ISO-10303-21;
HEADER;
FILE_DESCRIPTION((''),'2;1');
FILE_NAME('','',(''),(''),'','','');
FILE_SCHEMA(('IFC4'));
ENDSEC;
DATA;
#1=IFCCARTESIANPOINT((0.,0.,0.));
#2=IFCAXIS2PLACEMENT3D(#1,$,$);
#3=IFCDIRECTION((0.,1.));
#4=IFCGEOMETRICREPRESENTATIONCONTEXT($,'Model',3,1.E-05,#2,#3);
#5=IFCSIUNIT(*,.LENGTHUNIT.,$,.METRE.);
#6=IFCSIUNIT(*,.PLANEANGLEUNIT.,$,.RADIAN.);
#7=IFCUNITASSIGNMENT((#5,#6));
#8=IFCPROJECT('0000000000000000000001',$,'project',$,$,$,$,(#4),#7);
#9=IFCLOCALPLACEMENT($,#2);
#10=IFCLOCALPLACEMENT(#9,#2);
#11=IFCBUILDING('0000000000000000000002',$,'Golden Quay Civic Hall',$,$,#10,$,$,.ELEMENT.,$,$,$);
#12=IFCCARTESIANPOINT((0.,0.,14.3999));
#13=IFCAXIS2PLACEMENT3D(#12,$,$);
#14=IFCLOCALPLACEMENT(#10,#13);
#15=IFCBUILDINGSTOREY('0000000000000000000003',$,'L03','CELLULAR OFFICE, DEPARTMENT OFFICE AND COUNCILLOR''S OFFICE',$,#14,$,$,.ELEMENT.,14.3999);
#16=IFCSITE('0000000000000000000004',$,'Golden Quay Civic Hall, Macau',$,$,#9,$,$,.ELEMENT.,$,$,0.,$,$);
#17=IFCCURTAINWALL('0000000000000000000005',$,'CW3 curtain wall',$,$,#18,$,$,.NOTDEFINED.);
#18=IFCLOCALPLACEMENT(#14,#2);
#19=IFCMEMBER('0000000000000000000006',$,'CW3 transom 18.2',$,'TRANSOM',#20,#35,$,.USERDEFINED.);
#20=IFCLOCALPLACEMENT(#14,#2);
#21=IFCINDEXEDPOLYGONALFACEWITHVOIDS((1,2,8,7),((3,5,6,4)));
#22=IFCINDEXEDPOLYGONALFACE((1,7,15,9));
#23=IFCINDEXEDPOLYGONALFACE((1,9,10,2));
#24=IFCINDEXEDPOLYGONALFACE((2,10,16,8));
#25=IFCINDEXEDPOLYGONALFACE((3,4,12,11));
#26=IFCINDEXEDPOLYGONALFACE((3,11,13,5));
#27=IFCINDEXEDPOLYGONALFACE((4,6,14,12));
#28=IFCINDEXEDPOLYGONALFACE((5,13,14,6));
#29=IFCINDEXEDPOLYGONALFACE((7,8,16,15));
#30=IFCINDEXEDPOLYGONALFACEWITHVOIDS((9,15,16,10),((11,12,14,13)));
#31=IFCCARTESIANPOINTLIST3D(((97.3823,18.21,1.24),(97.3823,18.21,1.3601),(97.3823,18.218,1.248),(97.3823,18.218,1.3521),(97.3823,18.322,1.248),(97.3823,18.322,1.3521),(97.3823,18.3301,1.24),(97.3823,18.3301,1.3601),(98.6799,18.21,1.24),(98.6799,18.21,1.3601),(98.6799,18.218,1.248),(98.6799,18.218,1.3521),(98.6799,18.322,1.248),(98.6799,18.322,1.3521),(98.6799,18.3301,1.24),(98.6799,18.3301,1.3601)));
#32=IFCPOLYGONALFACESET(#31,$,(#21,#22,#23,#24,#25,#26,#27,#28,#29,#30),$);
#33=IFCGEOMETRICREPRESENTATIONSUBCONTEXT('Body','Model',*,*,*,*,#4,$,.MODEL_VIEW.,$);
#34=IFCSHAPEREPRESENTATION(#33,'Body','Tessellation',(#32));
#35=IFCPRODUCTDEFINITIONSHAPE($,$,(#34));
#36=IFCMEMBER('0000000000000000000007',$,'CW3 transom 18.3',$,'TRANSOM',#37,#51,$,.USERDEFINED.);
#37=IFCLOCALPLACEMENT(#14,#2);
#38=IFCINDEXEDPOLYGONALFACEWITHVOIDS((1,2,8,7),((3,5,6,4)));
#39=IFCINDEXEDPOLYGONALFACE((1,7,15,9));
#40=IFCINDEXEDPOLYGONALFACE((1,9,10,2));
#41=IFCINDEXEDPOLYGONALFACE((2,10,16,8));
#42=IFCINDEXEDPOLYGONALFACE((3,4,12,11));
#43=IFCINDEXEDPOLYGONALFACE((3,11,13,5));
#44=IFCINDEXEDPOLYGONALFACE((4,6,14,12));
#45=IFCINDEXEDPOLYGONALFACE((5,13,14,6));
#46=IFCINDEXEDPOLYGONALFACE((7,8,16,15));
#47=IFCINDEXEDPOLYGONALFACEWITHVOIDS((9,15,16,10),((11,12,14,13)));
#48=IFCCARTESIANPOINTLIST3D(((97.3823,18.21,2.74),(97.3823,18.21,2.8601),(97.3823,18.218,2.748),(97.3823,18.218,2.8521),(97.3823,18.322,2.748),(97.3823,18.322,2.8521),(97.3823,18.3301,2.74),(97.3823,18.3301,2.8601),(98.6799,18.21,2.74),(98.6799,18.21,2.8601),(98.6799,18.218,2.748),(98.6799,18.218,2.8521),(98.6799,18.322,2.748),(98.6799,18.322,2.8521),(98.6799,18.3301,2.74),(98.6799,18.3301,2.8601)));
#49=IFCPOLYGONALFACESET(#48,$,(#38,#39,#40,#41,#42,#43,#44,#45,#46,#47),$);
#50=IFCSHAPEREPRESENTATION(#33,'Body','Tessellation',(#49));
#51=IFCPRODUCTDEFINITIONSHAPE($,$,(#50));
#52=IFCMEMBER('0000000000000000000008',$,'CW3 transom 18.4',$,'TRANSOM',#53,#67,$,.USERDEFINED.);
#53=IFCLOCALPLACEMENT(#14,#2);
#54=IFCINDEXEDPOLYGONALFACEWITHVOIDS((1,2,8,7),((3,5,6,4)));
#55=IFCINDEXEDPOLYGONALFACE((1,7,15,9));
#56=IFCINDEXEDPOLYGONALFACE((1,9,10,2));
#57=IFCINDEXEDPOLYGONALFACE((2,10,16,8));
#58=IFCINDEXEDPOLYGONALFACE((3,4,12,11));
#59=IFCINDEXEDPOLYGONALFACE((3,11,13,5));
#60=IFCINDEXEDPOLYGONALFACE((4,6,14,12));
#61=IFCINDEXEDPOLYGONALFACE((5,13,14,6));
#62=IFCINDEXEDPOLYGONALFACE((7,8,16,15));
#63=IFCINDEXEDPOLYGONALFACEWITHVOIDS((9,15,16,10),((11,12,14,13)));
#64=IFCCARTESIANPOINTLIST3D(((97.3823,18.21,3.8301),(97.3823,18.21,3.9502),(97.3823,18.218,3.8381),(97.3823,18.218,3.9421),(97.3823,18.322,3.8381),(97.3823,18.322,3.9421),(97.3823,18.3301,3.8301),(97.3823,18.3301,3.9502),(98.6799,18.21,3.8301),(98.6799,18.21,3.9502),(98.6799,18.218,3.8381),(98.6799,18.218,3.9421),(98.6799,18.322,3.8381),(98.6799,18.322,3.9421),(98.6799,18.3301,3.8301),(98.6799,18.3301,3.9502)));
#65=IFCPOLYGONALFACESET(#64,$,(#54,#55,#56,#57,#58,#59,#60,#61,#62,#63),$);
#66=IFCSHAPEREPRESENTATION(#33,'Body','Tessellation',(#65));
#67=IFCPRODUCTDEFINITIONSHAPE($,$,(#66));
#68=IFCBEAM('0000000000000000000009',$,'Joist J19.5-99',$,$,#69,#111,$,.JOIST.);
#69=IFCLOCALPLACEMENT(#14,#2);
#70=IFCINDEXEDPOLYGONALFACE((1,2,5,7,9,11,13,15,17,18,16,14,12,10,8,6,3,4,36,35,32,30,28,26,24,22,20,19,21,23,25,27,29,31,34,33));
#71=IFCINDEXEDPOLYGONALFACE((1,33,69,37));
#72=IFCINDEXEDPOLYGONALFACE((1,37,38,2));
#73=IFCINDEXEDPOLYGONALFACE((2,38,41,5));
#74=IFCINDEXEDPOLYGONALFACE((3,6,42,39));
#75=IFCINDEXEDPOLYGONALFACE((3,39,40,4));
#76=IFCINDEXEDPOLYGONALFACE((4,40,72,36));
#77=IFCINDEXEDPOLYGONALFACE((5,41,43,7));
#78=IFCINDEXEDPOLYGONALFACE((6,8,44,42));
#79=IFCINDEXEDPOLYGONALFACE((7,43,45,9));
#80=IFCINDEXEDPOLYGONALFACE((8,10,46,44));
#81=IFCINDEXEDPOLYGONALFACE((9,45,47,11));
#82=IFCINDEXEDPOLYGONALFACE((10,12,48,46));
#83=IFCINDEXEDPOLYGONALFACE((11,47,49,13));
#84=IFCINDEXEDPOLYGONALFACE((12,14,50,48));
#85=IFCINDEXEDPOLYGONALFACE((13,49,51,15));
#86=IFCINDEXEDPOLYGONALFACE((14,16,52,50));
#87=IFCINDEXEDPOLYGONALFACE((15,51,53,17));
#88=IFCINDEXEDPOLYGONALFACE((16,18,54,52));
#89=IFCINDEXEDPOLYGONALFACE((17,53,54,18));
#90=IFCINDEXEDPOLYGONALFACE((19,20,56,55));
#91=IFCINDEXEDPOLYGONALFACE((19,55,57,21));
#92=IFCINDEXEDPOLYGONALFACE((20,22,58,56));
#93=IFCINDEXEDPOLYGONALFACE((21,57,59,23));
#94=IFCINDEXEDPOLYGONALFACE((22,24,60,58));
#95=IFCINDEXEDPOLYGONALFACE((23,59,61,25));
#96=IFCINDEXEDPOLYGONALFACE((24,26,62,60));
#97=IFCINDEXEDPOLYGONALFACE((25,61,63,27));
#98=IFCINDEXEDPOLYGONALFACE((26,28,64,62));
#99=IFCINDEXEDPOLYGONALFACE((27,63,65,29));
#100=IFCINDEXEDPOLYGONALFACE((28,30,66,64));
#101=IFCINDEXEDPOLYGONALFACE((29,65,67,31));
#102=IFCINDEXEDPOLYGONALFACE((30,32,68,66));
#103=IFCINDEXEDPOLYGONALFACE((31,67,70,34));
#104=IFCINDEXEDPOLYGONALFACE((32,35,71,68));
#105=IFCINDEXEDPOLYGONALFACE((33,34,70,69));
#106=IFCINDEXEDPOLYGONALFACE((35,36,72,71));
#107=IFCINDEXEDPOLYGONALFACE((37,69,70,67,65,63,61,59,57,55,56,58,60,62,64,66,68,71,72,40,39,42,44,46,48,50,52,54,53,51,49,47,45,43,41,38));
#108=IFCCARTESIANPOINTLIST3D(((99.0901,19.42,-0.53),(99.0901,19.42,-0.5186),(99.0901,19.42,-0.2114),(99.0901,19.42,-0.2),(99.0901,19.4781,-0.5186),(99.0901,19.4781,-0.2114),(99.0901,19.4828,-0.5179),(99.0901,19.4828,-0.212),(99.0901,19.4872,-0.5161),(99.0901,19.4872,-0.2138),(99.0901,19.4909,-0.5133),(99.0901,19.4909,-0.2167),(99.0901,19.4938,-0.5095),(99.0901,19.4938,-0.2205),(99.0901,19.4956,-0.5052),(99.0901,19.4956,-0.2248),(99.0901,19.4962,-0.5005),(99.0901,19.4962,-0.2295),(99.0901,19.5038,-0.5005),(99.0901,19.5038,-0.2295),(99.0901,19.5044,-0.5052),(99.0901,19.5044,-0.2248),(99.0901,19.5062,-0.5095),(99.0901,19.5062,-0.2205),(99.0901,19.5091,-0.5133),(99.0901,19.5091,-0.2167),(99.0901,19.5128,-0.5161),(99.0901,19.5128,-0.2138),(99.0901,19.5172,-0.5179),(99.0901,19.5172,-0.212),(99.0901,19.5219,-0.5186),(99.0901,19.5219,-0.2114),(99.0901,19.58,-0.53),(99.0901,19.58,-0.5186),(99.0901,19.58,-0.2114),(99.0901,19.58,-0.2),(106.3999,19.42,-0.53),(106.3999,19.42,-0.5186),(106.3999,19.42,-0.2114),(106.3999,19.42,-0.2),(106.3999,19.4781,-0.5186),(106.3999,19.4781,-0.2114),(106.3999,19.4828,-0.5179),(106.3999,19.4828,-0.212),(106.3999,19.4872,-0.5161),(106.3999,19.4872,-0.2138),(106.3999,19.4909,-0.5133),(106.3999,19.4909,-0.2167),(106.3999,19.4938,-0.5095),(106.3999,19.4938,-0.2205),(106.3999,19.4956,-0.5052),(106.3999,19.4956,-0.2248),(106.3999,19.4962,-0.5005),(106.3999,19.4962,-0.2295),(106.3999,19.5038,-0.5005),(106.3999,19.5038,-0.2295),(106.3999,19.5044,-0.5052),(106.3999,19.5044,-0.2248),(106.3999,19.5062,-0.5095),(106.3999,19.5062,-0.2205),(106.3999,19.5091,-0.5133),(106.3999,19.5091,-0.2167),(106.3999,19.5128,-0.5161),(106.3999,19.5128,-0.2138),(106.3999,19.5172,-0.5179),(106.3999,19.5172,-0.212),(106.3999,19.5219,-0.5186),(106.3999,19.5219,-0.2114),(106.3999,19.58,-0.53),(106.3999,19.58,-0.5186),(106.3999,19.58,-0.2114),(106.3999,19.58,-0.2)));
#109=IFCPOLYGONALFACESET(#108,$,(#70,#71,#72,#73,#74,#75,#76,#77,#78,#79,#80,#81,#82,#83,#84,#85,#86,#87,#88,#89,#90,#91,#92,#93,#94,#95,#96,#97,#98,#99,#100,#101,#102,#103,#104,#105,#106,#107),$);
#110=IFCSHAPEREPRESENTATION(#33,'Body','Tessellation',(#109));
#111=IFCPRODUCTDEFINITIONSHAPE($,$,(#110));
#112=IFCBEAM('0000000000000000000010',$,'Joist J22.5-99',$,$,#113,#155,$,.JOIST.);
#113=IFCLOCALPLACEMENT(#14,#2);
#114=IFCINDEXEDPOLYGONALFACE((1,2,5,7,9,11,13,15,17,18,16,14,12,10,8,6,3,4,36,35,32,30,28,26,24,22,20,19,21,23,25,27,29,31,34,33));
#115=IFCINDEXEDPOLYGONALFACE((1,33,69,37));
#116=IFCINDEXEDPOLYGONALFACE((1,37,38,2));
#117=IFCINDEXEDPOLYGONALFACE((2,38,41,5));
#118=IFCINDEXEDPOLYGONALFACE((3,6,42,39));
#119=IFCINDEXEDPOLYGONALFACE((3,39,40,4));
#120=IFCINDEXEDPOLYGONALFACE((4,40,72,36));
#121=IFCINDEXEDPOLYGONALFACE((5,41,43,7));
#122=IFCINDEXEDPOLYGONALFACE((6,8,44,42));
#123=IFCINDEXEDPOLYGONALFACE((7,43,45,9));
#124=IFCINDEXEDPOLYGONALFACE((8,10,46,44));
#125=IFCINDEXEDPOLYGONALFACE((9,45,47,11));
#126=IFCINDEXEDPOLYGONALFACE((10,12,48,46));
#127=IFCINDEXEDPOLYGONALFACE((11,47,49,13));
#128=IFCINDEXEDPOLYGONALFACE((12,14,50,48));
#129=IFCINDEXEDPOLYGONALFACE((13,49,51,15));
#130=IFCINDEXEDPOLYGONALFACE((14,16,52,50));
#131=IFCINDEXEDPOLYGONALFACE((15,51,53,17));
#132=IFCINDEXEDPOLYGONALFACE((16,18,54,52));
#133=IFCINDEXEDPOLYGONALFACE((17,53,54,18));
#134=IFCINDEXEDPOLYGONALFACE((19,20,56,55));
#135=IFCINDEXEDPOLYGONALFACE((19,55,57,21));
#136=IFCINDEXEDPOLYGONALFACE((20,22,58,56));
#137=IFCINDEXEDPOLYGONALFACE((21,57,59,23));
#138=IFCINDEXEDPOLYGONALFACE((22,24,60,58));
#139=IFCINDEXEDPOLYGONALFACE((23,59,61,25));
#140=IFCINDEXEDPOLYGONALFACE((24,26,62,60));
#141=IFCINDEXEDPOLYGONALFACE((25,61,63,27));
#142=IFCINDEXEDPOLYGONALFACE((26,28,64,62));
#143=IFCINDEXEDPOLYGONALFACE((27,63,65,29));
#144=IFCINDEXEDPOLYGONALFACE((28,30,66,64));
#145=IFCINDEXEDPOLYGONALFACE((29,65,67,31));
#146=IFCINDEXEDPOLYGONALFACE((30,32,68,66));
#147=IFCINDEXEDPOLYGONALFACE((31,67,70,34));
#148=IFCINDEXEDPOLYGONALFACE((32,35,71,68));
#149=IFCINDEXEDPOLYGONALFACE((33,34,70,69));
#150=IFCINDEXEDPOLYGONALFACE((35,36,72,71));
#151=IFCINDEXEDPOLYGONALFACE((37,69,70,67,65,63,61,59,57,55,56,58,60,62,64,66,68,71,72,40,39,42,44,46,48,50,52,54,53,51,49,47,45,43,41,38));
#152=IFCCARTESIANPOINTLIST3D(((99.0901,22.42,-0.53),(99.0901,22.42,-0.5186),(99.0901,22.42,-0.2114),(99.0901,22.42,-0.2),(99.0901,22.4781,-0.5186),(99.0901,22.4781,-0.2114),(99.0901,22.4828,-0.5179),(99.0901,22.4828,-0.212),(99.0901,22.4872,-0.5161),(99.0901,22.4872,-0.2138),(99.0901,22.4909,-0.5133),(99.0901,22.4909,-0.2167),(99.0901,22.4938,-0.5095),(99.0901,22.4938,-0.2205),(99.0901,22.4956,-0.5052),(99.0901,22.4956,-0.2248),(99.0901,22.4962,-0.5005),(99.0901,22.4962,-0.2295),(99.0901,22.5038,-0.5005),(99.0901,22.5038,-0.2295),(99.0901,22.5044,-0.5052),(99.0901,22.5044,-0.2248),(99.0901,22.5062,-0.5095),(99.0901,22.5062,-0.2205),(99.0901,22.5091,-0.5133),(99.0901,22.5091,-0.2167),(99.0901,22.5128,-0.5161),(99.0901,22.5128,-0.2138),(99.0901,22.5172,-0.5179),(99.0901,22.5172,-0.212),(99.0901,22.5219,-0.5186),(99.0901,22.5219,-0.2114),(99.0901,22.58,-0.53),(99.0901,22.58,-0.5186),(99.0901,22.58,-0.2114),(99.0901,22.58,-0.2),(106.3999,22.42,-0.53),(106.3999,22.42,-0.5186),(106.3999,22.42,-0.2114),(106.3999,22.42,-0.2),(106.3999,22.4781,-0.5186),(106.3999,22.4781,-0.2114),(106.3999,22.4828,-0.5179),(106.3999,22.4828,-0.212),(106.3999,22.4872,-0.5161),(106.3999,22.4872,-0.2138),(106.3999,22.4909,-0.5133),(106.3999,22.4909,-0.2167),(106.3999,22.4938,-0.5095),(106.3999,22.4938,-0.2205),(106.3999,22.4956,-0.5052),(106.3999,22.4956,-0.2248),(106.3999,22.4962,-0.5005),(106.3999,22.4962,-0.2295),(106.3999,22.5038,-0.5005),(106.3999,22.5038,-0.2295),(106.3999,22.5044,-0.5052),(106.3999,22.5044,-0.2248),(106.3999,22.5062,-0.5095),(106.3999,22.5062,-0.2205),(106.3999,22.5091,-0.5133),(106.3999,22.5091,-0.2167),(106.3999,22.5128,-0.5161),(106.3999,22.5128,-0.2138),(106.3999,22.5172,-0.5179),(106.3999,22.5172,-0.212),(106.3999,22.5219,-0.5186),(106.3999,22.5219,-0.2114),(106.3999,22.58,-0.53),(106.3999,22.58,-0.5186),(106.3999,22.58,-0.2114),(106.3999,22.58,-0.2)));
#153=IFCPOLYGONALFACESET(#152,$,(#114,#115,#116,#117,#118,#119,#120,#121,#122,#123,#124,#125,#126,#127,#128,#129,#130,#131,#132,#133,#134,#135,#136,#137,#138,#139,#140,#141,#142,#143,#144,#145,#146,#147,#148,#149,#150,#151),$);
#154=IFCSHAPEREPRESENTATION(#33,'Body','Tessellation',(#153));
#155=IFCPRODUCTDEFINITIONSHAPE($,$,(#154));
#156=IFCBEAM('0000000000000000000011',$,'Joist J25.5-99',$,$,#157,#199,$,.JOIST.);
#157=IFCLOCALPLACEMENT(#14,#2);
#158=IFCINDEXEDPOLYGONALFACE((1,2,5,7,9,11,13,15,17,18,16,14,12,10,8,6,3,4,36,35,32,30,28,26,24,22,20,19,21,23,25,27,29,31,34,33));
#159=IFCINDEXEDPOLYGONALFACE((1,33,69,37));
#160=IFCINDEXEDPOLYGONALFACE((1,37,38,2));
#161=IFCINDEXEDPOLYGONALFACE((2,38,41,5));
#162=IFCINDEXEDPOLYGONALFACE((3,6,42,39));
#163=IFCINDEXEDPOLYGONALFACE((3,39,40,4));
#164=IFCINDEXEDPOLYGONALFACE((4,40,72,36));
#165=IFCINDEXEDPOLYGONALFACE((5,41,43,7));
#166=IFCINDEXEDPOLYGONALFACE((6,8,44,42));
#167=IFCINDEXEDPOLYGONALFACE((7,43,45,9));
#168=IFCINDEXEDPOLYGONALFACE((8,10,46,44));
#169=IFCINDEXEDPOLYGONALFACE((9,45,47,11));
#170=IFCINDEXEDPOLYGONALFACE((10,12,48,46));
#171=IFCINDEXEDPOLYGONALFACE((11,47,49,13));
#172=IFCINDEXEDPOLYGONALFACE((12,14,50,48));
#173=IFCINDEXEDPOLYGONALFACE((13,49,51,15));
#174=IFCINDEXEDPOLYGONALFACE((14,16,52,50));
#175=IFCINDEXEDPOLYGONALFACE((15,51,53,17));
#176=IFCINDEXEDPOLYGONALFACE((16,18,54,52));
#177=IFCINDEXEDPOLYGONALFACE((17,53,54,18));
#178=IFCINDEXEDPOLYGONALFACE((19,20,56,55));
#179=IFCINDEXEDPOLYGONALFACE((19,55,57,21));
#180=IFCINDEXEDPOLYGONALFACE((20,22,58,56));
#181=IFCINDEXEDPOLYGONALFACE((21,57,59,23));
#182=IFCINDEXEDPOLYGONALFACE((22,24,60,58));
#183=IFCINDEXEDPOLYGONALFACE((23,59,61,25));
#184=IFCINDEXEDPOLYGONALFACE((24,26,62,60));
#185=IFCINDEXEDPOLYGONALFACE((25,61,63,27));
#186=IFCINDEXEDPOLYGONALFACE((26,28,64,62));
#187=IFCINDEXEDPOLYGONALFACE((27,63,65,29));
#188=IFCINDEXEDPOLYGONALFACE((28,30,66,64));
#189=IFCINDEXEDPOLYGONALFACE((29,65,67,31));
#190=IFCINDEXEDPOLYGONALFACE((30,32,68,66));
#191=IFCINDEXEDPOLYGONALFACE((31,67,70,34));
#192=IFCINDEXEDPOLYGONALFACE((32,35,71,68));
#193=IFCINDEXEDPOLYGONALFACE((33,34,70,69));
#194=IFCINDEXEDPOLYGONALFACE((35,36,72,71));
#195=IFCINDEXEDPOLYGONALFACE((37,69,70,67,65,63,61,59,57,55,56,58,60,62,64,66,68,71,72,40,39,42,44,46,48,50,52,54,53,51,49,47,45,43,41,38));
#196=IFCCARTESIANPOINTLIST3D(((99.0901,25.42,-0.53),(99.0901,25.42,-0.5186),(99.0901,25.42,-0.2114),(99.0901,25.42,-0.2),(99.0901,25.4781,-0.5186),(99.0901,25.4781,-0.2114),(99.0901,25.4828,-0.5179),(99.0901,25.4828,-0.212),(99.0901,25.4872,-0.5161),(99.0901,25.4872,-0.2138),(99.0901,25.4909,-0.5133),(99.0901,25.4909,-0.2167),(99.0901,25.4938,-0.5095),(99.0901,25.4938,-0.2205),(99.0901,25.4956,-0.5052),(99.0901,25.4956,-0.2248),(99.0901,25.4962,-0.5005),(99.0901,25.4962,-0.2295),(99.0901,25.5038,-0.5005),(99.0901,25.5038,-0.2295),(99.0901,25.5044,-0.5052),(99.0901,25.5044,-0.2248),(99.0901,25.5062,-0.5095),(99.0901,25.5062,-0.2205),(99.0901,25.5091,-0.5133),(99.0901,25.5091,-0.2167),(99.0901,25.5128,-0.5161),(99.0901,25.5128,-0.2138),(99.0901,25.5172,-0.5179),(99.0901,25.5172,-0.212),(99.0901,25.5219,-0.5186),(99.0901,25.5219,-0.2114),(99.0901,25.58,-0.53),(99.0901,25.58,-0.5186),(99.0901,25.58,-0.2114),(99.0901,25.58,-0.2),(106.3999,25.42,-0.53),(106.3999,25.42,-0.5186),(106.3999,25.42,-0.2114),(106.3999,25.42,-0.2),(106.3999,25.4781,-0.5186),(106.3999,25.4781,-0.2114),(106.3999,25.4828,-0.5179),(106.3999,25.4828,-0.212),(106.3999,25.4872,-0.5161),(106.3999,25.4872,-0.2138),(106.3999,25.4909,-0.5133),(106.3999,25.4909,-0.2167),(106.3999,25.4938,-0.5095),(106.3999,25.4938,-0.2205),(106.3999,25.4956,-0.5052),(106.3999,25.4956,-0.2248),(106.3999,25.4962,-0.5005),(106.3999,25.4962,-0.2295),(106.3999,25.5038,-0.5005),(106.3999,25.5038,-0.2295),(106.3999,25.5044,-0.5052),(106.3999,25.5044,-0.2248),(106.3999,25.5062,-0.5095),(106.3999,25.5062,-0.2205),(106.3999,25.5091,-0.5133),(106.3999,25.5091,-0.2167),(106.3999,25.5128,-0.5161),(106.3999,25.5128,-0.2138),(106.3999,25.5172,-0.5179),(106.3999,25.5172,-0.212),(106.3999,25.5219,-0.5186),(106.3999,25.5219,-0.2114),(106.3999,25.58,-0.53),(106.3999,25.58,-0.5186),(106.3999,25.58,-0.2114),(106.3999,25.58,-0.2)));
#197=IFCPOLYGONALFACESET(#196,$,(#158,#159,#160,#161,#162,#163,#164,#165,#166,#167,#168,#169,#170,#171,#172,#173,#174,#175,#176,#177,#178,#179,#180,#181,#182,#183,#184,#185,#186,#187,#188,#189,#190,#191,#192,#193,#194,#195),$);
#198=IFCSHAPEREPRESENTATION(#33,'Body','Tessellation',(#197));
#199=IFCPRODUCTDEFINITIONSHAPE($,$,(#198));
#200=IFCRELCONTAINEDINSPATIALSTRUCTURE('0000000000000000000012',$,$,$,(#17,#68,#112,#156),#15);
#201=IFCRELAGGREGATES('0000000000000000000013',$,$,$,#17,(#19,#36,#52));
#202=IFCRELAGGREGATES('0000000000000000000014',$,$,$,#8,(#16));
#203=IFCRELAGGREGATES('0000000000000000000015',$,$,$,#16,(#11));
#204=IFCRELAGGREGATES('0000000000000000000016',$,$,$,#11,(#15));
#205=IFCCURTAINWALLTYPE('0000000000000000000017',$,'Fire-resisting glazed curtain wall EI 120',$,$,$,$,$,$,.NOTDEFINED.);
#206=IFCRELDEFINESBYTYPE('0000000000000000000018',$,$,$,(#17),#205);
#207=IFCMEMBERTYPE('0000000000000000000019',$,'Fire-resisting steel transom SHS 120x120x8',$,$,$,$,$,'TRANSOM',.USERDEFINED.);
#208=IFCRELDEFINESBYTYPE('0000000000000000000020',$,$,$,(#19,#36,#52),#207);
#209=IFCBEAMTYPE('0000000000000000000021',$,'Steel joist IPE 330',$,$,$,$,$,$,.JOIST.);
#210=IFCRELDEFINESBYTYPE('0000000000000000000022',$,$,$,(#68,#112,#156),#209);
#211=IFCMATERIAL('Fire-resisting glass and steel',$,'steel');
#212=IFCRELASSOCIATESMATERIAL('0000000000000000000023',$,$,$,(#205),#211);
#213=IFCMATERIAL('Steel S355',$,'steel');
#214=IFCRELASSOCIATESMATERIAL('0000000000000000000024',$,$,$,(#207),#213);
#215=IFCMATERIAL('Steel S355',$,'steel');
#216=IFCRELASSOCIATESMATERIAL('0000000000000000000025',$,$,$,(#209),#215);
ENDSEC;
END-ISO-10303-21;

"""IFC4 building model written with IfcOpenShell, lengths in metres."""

from ifc_helpers import new_model, si_unit, direction, frame, origin, origin_2d, place, context, subcontext, project, spatial, hollow_rectangle, i_section, extrude, material, material_profile, profile_set, type_object, element, aggregate, save


model = new_model("IFC4")

# Units and contexts
model_context = context("Model", 3, precision=1e-05, world=origin(), true_north=direction((0.0, 1.0)))
body_context = subcontext(model_context, "Body", "Model", "MODEL_VIEW")
ifc_project = project(units=[si_unit("LENGTHUNIT", "METRE"), si_unit("PLANEANGLEUNIT", "RADIAN")], contexts=[model_context])

# Site, building, storey
site_placement = place(None, origin())
site = spatial("IfcSite", under=ifc_project, at=site_placement, Name="Golden Quay Civic Hall, Macau", CompositionType="ELEMENT", RefElevation=0.0)
building_placement = place(site_placement, origin())
building = spatial("IfcBuilding", under=site, at=building_placement, Name="Golden Quay Civic Hall", CompositionType="ELEMENT")
storey_placement = place(building_placement, frame((0.0, 0.0, 14.3999)))
storey = spatial("IfcBuildingStorey", under=building, at=storey_placement, Name="L03", Description="CELLULAR OFFICE, DEPARTMENT OFFICE AND COUNCILLOR'S OFFICE", CompositionType="ELEMENT", Elevation=14.3999)

# Curtain wall, members
ifc_material_1 = material(Name="Fire-resisting glass and steel", Category="steel")
curtain_wall_type = type_object("IfcCurtainWallType", Name="Fire-resisting glazed curtain wall EI 120", PredefinedType="NOTDEFINED", material=ifc_material_1)
curtain_wall_placement = place(storey_placement, origin())
curtain_wall = element("IfcCurtainWall", 1, at=curtain_wall_placement, inside=storey, type_object=curtain_wall_type, Name="CW3 curtain wall", PredefinedType="NOTDEFINED")
ifc_material_2 = material(Name="Steel S355", Category="steel")
ifc_material_profile_1 = material_profile(ifc_material_2, hollow_rectangle(XDim=0.1201, YDim=0.1201, WallThickness=0.0081, at=origin_2d()), Name="SHS 120x120x8")
ifc_profile_set_1 = profile_set([ifc_material_profile_1], Name="Steel S355")
member_type_1 = type_object("IfcMemberType", Name="Fire-resisting steel transom SHS 120x120x8", ElementType="TRANSOM", PredefinedType="USERDEFINED", material=ifc_profile_set_1)
member_1_placement = place(storey_placement, frame((97.3823, 18.27, 1.3), z_axis=(1.0, 0.0, 0.0), x_axis=(0.0, 1.0, 0.0)))
member_1 = element("IfcMember", 2, at=member_1_placement, type_object=member_type_1, Name="CW3 transom 18.2", ObjectType="TRANSOM", PredefinedType="USERDEFINED", context=body_context, shape_type="SweptSolid", body=[
    extrude(hollow_rectangle(XDim=0.1201, YDim=0.1201, WallThickness=0.0081, at=origin_2d()), origin(), (0.0, 0.0, 1.0), 1.2976),
])
member_2_placement = place(storey_placement, frame((97.3823, 18.27, 2.8), z_axis=(1.0, 0.0, 0.0), x_axis=(0.0, 1.0, 0.0)))
member_2 = element("IfcMember", 3, at=member_2_placement, type_object=member_type_1, Name="CW3 transom 18.3", ObjectType="TRANSOM", PredefinedType="USERDEFINED", context=body_context, shape_type="SweptSolid", body=[
    extrude(hollow_rectangle(XDim=0.1201, YDim=0.1201, WallThickness=0.0081, at=origin_2d()), origin(), (0.0, 0.0, 1.0), 1.2976),
])
member_3_placement = place(storey_placement, frame((97.3823, 18.27, 3.8901), z_axis=(1.0, 0.0, 0.0), x_axis=(0.0, 1.0, 0.0)))
member_3 = element("IfcMember", 4, at=member_3_placement, type_object=member_type_1, Name="CW3 transom 18.4", ObjectType="TRANSOM", PredefinedType="USERDEFINED", context=body_context, shape_type="SweptSolid", body=[
    extrude(hollow_rectangle(XDim=0.1201, YDim=0.1201, WallThickness=0.0081, at=origin_2d()), origin(), (0.0, 0.0, 1.0), 1.2976),
])

# Beams
ifc_material_3 = material(Name="Steel S355", Category="steel")
ifc_material_profile_2 = material_profile(ifc_material_3, i_section(OverallWidth=0.1599, OverallDepth=0.3301, WebThickness=0.0076, FlangeThickness=0.0115, FilletRadius=0.0181, at=origin_2d()), Name="IPE 330")
ifc_profile_set_2 = profile_set([ifc_material_profile_2], Name="Steel S355")
beam_type = type_object("IfcBeamType", Name="Steel joist IPE 330", PredefinedType="JOIST", material=ifc_profile_set_2)
for number, where, z_axis, x_axis, name in (
    (5, (99.0901, 19.5, -0.365), (1.0, 0.0, 0.0), (0.0, 1.0, 0.0), "Joist J19.5-99"),
    (6, (99.0901, 22.5, -0.365), (1.0, 0.0, 0.0), (0.0, 1.0, 0.0), "Joist J22.5-99"),
    (7, (99.0901, 25.5, -0.365), (1.0, 0.0, 0.0), (0.0, 1.0, 0.0), "Joist J25.5-99"),
):
    element("IfcBeam", number, at=place(storey_placement, frame(where, z_axis=z_axis, x_axis=x_axis)), inside=storey, type_object=beam_type, Name=name, PredefinedType="JOIST", context=body_context, shape_type="SweptSolid", body=[
        extrude(i_section(OverallWidth=0.1599, OverallDepth=0.3301, WebThickness=0.0076, FlangeThickness=0.0115, FilletRadius=0.0181, at=origin_2d()), origin(), (0.0, 0.0, 1.0), 7.3098),
    ])

aggregate(curtain_wall, [member_1, member_2, member_3])

save(model, "model.ifc")
